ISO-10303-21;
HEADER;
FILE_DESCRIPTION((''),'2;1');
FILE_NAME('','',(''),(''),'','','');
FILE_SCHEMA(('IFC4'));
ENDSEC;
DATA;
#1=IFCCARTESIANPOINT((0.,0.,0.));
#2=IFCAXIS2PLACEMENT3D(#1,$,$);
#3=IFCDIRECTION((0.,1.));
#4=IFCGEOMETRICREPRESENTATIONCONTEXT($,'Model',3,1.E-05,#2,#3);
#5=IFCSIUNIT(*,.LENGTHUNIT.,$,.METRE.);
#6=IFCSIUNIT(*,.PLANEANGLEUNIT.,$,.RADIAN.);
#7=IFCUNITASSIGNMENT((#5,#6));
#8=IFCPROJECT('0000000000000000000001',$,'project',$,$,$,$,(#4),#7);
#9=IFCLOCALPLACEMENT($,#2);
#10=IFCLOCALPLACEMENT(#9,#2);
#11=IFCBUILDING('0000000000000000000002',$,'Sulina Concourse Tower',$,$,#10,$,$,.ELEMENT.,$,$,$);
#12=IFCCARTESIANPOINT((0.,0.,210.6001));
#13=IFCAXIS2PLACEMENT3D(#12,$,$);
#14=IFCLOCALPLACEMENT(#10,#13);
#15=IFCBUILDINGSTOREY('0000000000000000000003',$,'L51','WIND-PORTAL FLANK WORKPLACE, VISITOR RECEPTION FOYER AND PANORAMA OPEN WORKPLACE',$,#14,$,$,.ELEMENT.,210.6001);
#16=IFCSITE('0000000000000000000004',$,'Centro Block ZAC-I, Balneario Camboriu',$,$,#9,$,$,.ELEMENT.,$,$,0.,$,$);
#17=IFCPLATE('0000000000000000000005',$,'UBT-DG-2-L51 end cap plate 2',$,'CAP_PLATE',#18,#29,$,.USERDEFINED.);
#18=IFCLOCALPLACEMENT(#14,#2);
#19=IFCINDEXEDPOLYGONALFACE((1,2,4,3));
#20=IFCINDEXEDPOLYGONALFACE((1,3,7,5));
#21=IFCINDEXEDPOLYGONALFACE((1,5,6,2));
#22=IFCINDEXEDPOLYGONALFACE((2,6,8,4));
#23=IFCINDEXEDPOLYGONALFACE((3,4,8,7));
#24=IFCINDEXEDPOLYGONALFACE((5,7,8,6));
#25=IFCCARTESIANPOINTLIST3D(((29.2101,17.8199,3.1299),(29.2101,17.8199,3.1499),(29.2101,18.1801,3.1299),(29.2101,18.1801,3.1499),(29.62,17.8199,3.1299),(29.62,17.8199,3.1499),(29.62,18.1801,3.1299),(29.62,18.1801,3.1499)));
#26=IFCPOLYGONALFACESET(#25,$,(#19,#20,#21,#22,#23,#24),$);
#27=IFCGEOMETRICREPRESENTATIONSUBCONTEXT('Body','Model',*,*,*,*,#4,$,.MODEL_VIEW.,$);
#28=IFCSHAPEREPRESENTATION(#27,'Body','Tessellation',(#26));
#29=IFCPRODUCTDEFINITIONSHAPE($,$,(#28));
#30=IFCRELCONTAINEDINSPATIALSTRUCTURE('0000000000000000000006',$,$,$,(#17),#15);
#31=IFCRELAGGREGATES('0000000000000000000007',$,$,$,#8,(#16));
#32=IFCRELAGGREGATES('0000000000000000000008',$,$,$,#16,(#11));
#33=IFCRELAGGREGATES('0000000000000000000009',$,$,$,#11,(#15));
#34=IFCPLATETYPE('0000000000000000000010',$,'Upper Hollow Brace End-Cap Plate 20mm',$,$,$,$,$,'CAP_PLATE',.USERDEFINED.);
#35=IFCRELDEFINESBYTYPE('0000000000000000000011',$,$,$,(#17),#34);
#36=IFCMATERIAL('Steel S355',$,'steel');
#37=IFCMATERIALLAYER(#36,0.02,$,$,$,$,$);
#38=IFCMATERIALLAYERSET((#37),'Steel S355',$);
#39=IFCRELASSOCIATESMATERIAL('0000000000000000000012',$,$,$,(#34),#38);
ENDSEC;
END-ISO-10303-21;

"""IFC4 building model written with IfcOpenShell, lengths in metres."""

from ifc_helpers import new_model, si_unit, direction, frame, origin, origin_2d, place, context, subcontext, project, spatial, rectangle, extrude, material, layer, layer_set, type_object, element, save


model = new_model("IFC4")

# Units and contexts
model_context = context("Model", 3, precision=1e-05, world=origin(), true_north=direction((0.0, 1.0)))
body_context = subcontext(model_context, "Body", "Model", "MODEL_VIEW")
ifc_project = project(units=[si_unit("LENGTHUNIT", "METRE"), si_unit("PLANEANGLEUNIT", "RADIAN")], contexts=[model_context])

# Site, building, storey
site_placement = place(None, origin())
site = spatial("IfcSite", under=ifc_project, at=site_placement, Name="Centro Block ZAC-I, Balneario Camboriu", CompositionType="ELEMENT", RefElevation=0.0)
building_placement = place(site_placement, origin())
building = spatial("IfcBuilding", under=site, at=building_placement, Name="Sulina Concourse Tower", CompositionType="ELEMENT")
storey_placement = place(building_placement, frame((0.0, 0.0, 210.6001)))
storey = spatial("IfcBuildingStorey", under=building, at=storey_placement, Name="L51", Description="WIND-PORTAL FLANK WORKPLACE, VISITOR RECEPTION FOYER AND PANORAMA OPEN WORKPLACE", CompositionType="ELEMENT", Elevation=210.6001)

# Plate
ifc_material_1 = material(Name="Steel S355", Category="steel")
ifc_layer_1 = layer(ifc_material_1, 0.02)
ifc_layer_set_1 = layer_set([ifc_layer_1], Name="Steel S355")
plate_type_1 = type_object("IfcPlateType", Name="Upper Hollow Brace End-Cap Plate 20mm", ElementType="CAP_PLATE", PredefinedType="USERDEFINED", material=ifc_layer_set_1)
for number, where, z_axis, x_axis, name in (
    (1, (29.415, 18.0, 3.1299), (0.0, 0.0, 1.0), (1.0, 0.0, 0.0), "UBT-DG-2-L51 end cap plate 2"),
):
    element("IfcPlate", number, at=place(storey_placement, frame(where, z_axis=z_axis, x_axis=x_axis)), inside=storey, type_object=plate_type_1, Name=name, ObjectType="CAP_PLATE", PredefinedType="USERDEFINED", context=body_context, shape_type="SweptSolid", body=[
        extrude(rectangle(XDim=0.4099, YDim=0.3601, at=origin_2d()), origin(), (0.0, 0.0, 1.0), 0.02),
    ])

save(model, "model.ifc")
